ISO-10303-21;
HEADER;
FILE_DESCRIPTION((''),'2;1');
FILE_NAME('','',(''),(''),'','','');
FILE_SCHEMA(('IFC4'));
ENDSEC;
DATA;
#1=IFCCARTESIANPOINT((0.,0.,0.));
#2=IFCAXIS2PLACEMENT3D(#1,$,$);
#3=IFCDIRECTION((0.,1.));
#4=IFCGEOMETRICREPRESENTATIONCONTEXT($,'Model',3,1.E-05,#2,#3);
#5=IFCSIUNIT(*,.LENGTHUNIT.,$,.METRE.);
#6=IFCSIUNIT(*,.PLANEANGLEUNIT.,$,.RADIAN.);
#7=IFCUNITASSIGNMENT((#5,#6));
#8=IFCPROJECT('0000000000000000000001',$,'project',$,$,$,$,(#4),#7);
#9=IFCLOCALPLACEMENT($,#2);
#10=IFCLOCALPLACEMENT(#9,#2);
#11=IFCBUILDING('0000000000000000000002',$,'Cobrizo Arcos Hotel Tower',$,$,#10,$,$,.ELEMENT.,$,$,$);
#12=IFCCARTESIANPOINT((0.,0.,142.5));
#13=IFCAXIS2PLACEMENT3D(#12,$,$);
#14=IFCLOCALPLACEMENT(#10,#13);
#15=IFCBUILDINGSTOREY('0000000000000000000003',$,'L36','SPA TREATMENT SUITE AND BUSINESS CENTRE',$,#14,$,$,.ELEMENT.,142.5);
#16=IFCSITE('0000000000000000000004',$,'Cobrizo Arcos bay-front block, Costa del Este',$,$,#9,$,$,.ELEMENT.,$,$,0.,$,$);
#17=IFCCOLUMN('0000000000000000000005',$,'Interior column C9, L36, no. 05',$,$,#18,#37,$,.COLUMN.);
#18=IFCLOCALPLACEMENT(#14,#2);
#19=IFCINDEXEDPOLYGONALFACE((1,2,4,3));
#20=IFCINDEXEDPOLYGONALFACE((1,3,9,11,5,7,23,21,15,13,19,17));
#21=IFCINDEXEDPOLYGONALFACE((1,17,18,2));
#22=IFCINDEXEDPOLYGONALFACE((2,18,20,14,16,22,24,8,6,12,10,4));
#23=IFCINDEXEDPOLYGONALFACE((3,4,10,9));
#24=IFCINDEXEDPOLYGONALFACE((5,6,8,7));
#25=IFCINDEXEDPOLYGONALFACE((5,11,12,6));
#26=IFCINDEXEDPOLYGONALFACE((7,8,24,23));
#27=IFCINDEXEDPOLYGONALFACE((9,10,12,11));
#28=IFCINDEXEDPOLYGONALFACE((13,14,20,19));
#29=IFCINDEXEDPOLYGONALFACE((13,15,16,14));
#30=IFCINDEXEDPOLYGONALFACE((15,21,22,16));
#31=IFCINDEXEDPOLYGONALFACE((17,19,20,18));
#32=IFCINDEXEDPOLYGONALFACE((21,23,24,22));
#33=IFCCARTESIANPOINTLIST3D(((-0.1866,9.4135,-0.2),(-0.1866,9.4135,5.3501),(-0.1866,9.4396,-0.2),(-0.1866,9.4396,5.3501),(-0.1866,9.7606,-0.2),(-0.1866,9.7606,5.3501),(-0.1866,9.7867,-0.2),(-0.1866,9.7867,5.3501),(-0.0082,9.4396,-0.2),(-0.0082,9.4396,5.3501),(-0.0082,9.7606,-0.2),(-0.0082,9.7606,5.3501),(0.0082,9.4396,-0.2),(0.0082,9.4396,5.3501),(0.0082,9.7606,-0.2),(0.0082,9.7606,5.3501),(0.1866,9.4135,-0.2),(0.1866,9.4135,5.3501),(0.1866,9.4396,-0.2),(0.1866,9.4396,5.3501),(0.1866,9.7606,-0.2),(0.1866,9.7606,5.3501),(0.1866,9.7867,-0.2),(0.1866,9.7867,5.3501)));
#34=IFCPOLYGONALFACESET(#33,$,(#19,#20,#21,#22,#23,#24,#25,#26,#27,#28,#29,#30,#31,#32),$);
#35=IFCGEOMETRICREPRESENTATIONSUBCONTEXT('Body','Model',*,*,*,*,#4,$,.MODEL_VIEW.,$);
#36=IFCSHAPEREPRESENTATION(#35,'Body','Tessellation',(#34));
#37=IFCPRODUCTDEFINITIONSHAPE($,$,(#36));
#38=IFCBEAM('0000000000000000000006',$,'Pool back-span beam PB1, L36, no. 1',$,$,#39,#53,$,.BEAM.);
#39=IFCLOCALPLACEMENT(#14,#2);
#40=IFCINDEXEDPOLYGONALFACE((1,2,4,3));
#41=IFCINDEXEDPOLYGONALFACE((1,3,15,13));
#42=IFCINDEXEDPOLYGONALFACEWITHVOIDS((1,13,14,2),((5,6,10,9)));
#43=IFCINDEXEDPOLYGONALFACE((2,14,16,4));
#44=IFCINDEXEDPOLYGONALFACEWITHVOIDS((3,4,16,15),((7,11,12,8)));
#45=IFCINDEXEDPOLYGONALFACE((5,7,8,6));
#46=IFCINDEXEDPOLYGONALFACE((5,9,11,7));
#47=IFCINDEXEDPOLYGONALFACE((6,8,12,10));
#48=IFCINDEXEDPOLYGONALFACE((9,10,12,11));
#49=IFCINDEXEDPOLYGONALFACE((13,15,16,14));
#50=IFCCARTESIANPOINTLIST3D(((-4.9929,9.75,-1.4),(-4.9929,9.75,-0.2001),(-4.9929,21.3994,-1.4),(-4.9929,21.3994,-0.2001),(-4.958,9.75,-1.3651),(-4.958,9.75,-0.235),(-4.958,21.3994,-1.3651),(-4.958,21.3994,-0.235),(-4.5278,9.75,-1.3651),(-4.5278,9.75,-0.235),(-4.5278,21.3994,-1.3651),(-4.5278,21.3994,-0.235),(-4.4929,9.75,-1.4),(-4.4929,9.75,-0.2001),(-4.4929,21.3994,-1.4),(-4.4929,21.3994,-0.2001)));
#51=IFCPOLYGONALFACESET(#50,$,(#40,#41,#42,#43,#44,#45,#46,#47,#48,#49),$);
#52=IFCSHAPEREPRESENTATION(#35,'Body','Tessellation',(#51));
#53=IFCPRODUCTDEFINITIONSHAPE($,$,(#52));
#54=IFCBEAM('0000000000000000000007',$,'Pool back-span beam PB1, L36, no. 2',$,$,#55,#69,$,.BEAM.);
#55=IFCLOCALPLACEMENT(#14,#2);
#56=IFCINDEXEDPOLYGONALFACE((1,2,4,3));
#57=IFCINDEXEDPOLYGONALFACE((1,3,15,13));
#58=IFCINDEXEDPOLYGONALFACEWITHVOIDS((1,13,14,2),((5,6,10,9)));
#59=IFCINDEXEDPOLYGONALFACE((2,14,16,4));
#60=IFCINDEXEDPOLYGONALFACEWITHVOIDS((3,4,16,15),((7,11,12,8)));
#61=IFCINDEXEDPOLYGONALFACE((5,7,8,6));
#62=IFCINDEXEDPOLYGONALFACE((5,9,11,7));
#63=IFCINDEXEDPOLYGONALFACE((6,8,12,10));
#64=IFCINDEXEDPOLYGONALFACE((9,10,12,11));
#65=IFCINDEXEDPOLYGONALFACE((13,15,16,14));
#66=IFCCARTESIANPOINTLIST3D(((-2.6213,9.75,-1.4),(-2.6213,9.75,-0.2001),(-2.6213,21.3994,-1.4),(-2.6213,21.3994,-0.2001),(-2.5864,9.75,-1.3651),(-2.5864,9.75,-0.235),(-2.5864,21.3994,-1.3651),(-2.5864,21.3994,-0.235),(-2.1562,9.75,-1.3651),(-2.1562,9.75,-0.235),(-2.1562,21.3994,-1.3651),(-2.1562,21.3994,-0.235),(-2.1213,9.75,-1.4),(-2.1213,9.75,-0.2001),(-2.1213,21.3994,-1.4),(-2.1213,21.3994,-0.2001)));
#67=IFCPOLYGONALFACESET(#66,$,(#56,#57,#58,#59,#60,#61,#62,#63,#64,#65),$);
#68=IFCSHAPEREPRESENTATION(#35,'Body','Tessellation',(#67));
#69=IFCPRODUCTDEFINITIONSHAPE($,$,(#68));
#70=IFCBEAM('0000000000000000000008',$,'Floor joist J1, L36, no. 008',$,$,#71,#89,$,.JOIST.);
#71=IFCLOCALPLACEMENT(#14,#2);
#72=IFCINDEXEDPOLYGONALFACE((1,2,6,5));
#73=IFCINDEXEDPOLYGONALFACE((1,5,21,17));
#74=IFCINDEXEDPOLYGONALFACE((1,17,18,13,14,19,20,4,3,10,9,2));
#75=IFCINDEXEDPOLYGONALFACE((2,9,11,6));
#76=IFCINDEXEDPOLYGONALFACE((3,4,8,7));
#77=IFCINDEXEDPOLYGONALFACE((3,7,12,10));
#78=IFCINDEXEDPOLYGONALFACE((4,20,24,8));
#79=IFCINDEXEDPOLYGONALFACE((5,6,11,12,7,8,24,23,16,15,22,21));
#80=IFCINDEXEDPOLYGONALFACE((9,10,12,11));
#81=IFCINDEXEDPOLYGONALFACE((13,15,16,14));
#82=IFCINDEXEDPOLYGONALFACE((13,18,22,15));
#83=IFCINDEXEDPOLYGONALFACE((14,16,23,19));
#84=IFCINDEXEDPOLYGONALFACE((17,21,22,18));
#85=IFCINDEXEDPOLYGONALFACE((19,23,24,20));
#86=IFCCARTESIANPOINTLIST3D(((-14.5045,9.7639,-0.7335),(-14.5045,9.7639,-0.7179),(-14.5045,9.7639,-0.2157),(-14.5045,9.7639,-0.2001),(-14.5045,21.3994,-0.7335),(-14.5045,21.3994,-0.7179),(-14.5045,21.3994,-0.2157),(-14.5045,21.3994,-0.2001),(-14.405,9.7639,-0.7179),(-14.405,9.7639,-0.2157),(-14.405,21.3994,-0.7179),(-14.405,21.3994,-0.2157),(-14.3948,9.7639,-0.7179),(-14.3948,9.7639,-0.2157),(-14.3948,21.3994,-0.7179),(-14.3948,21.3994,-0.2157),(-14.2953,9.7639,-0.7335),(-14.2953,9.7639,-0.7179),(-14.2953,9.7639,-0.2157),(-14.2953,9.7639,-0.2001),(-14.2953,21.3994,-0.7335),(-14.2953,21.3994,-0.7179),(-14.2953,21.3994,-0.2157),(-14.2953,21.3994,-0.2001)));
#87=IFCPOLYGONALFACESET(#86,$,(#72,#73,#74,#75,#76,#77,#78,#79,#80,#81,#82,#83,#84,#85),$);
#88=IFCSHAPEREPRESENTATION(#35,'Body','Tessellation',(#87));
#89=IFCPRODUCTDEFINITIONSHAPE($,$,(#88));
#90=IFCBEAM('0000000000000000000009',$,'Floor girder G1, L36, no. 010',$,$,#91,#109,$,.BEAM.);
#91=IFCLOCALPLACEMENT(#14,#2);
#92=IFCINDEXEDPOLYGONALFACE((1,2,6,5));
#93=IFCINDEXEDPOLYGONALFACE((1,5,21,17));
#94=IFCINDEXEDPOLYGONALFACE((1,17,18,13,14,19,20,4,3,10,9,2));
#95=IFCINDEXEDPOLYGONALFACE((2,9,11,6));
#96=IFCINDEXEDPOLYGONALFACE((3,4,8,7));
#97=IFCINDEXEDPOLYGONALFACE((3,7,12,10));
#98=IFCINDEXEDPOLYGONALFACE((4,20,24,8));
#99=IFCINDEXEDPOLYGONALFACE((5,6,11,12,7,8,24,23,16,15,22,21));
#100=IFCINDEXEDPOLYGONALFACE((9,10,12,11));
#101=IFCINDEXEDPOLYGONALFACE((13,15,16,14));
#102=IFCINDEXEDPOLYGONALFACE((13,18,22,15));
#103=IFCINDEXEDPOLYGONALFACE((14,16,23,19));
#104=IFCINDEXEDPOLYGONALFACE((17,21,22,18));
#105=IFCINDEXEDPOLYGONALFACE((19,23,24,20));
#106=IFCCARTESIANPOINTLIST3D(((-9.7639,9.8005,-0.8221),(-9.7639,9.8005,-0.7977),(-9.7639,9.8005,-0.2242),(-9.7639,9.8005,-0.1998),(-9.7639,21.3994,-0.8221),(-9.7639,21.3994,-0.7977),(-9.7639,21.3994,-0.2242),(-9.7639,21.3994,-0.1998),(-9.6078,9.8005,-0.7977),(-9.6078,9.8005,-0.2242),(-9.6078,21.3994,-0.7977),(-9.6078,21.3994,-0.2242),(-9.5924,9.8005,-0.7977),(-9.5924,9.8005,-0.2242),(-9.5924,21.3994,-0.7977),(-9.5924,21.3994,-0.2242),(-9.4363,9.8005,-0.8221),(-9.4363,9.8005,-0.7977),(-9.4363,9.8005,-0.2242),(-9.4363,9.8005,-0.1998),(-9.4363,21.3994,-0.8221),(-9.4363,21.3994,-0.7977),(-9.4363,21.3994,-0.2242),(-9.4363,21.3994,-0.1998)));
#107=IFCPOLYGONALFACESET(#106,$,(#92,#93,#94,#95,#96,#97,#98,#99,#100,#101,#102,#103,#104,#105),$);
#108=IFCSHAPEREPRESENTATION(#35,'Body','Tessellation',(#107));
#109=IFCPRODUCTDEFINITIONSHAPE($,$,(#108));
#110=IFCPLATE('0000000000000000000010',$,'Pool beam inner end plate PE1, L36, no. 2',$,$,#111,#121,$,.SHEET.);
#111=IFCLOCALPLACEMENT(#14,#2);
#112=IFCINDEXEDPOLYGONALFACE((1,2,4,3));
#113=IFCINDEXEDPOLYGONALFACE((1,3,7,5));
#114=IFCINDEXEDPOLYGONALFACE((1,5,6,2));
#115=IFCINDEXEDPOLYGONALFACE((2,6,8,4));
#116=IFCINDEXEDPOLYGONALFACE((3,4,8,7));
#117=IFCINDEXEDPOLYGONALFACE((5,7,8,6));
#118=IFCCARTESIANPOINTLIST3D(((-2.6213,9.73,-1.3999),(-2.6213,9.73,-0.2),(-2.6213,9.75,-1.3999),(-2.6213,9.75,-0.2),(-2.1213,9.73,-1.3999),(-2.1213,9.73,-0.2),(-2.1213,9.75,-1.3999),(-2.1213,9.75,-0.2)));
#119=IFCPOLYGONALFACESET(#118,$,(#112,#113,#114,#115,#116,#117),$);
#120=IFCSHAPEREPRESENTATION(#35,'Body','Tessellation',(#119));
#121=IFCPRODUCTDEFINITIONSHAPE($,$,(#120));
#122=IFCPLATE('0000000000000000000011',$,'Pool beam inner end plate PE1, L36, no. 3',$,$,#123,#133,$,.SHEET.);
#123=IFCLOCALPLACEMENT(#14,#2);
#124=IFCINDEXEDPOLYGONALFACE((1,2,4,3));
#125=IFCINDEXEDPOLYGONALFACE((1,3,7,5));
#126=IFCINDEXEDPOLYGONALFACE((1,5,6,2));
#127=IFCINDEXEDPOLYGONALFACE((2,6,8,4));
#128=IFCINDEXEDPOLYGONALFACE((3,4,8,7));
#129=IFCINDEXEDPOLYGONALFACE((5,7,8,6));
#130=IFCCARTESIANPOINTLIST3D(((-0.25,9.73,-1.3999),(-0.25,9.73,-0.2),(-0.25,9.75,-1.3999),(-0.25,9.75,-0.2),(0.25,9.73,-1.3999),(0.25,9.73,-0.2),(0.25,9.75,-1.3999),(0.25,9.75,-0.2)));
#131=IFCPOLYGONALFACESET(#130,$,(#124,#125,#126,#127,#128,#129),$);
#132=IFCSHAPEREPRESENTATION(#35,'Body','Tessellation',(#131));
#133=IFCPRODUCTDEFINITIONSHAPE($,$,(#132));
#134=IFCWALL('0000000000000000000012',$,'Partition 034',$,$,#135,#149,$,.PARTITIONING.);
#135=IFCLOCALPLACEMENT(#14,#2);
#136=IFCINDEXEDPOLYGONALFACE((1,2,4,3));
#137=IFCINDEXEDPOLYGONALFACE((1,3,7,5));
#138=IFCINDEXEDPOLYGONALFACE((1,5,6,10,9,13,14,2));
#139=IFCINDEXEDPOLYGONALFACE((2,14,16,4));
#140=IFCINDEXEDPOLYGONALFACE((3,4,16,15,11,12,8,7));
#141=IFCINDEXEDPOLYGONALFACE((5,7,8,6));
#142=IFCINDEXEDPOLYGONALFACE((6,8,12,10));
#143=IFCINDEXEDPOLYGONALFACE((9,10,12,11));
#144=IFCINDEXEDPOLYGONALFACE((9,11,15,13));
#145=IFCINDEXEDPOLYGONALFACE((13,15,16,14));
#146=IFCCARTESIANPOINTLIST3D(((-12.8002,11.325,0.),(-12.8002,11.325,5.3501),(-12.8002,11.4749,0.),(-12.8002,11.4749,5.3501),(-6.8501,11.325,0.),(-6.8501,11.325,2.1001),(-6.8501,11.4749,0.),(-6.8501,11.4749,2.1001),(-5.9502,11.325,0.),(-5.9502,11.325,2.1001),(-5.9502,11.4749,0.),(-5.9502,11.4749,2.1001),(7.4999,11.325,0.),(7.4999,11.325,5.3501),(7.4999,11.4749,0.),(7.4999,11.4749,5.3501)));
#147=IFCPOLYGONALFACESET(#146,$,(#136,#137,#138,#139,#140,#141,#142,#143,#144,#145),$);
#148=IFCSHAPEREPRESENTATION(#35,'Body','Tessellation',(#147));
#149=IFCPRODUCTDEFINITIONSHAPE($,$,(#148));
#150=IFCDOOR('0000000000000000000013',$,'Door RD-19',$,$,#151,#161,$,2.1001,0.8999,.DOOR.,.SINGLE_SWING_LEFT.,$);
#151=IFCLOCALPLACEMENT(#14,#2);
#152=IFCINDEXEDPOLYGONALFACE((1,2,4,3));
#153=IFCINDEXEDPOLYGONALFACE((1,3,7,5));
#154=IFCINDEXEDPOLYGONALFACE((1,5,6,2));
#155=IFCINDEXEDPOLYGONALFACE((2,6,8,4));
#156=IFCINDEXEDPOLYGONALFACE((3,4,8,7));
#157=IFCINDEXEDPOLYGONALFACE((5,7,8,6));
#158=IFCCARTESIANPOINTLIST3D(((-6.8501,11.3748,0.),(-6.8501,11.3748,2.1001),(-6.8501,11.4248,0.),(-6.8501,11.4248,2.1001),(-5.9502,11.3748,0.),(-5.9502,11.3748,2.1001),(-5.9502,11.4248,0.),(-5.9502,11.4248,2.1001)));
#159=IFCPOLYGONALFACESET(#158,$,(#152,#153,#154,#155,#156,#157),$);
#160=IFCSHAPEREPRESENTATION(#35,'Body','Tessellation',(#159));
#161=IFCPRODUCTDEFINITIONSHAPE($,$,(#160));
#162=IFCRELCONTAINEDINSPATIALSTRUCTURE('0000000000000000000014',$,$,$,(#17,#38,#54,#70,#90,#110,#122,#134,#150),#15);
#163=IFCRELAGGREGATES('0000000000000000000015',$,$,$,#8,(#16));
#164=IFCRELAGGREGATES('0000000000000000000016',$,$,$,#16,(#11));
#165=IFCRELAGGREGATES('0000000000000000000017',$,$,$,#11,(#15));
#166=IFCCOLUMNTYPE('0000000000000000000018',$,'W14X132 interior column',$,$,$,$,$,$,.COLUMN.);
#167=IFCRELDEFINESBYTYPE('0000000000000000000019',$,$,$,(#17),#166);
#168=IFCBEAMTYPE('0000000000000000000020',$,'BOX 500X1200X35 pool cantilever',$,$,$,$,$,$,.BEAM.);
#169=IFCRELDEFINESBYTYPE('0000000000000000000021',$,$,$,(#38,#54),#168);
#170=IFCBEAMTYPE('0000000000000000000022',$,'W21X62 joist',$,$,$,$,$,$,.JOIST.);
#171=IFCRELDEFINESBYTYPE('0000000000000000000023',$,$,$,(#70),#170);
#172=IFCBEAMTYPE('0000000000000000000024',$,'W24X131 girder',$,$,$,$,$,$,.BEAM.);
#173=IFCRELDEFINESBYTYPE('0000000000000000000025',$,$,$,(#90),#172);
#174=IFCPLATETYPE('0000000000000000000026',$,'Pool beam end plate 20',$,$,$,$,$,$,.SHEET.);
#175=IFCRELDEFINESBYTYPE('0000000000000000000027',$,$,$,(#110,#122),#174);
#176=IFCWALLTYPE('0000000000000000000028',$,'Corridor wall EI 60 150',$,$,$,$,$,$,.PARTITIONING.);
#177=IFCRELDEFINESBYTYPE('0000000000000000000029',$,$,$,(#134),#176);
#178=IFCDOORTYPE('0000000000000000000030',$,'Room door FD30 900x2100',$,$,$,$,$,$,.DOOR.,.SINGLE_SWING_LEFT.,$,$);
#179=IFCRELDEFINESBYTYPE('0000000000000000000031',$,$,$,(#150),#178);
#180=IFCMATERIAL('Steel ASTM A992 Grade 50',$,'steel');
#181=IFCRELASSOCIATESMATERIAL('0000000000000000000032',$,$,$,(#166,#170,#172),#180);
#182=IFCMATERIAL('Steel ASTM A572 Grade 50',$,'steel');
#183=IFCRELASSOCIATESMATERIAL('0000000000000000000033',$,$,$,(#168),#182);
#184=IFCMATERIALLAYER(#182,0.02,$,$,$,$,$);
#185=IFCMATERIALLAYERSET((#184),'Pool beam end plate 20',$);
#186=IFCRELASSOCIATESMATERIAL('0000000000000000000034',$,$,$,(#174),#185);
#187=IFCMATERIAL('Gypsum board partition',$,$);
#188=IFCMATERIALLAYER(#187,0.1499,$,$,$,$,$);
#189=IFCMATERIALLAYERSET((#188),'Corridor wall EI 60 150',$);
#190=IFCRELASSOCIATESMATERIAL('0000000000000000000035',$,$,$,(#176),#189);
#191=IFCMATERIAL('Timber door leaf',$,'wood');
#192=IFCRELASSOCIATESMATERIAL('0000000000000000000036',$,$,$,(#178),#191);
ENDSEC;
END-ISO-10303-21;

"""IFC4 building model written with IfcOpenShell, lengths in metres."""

from ifc_helpers import new_model, si_unit, direction, frame, frame_2d, origin, origin_2d, place, context, subcontext, project, spatial, rectangle, hollow_rectangle, i_section, extrude, material, layer, layer_set, material_profile, profile_set, type_object, element, fill, save


model = new_model("IFC4")

# Units and contexts
model_context = context("Model", 3, precision=1e-05, world=origin(), true_north=direction((0.0, 1.0)))
body_context = subcontext(model_context, "Body", "Model", "MODEL_VIEW")
ifc_project = project(units=[si_unit("LENGTHUNIT", "METRE"), si_unit("PLANEANGLEUNIT", "RADIAN")], contexts=[model_context])

# Site, building, storey
site_placement = place(None, origin())
site = spatial("IfcSite", under=ifc_project, at=site_placement, Name="Cobrizo Arcos bay-front block, Costa del Este", CompositionType="ELEMENT", RefElevation=0.0)
building_placement = place(site_placement, origin())
building = spatial("IfcBuilding", under=site, at=building_placement, Name="Cobrizo Arcos Hotel Tower", CompositionType="ELEMENT")
storey_placement = place(building_placement, frame((0.0, 0.0, 142.5)))
storey = spatial("IfcBuildingStorey", under=building, at=storey_placement, Name="L36", Description="SPA TREATMENT SUITE AND BUSINESS CENTRE", CompositionType="ELEMENT", Elevation=142.5)

# Column
ifc_material_1 = material(Name="Steel ASTM A992 Grade 50", Category="steel")
ifc_material_profile_1 = material_profile(ifc_material_1, i_section(OverallWidth=0.3733, OverallDepth=0.3733, WebThickness=0.0164, FlangeThickness=0.0261, at=origin_2d()), Name="W14X132")
ifc_profile_set_1 = profile_set([ifc_material_profile_1], Name="Steel ASTM A992 Grade 50")
column_type = type_object("IfcColumnType", Name="W14X132 interior column", PredefinedType="COLUMN", material=ifc_profile_set_1)
column_placement = place(storey_placement, frame((0.0, 9.6001, -0.2), z_axis=(0.0, 0.0, 1.0), x_axis=(1.0, 0.0, 0.0)))
element("IfcColumn", 1, at=column_placement, inside=storey, type_object=column_type, Name="Interior column C9, L36, no. 05", PredefinedType="COLUMN", context=body_context, shape_type="SweptSolid", body=[
    extrude(i_section(OverallWidth=0.3733, OverallDepth=0.3733, WebThickness=0.0164, FlangeThickness=0.0261, at=origin_2d()), origin(), (0.0, 0.0, 1.0), 5.55),
])

# Beams
ifc_material_2 = material(Name="Steel ASTM A572 Grade 50", Category="steel")
ifc_material_profile_2 = material_profile(ifc_material_2, hollow_rectangle(XDim=0.5, YDim=1.2, WallThickness=0.0349, at=origin_2d()), Name="BOX 500X1200X35")
ifc_profile_set_2 = profile_set([ifc_material_profile_2], Name="Steel ASTM A572 Grade 50")
beam_type_1 = type_object("IfcBeamType", Name="BOX 500X1200X35 pool cantilever", PredefinedType="BEAM", material=ifc_profile_set_2)
for number, where, z_axis, x_axis, name in (
    (2, (-4.7429, 9.75, -0.8), (0.0, 1.0, 0.0), (-1.0, 0.0, 0.0), "Pool back-span beam PB1, L36, no. 1"),
    (3, (-2.3713, 9.75, -0.8), (0.0, 1.0, 0.0), (-1.0, 0.0, 0.0), "Pool back-span beam PB1, L36, no. 2"),
):
    element("IfcBeam", number, at=place(storey_placement, frame(where, z_axis=z_axis, x_axis=x_axis)), inside=storey, type_object=beam_type_1, Name=name, PredefinedType="BEAM", context=body_context, shape_type="SweptSolid", body=[
        extrude(hollow_rectangle(XDim=0.5, YDim=1.2, WallThickness=0.0349, at=origin_2d()), origin(), (0.0, 0.0, 1.0), 11.6494),
    ])
ifc_material_profile_3 = material_profile(ifc_material_1, i_section(OverallWidth=0.2092, OverallDepth=0.5334, WebThickness=0.0103, FlangeThickness=0.0156, at=origin_2d()), Name="W21X62")
ifc_profile_set_3 = profile_set([ifc_material_profile_3], Name="Steel ASTM A992 Grade 50")
beam_type_2 = type_object("IfcBeamType", Name="W21X62 joist", PredefinedType="JOIST", material=ifc_profile_set_3)
beam_1_placement = place(storey_placement, frame((-14.3999, 9.7639, -0.4668), z_axis=(0.0, 1.0, 0.0), x_axis=(-1.0, 0.0, 0.0)))
element("IfcBeam", 4, at=beam_1_placement, inside=storey, type_object=beam_type_2, Name="Floor joist J1, L36, no. 008", PredefinedType="JOIST", context=body_context, shape_type="SweptSolid", body=[
    extrude(i_section(OverallWidth=0.2092, OverallDepth=0.5334, WebThickness=0.0103, FlangeThickness=0.0156, at=origin_2d()), origin(), (0.0, 0.0, 1.0), 11.6355),
])
ifc_material_profile_4 = material_profile(ifc_material_1, i_section(OverallWidth=0.3276, OverallDepth=0.6223, WebThickness=0.0154, FlangeThickness=0.0244, at=origin_2d()), Name="W24X131")
ifc_profile_set_4 = profile_set([ifc_material_profile_4], Name="Steel ASTM A992 Grade 50")
beam_type_3 = type_object("IfcBeamType", Name="W24X131 girder", PredefinedType="BEAM", material=ifc_profile_set_4)
beam_2_placement = place(storey_placement, frame((-9.6001, 9.8005, -0.511), z_axis=(0.0, 1.0, 0.0), x_axis=(-1.0, 0.0, 0.0)))
element("IfcBeam", 5, at=beam_2_placement, inside=storey, type_object=beam_type_3, Name="Floor girder G1, L36, no. 010", PredefinedType="BEAM", context=body_context, shape_type="SweptSolid", body=[
    extrude(i_section(OverallWidth=0.3276, OverallDepth=0.6223, WebThickness=0.0154, FlangeThickness=0.0244, at=origin_2d()), origin(), (0.0, 0.0, 1.0), 11.5989),
])

# Plates
ifc_layer_1 = layer(ifc_material_2, 0.02)
ifc_layer_set_1 = layer_set([ifc_layer_1], Name="Pool beam end plate 20")
plate_type = type_object("IfcPlateType", Name="Pool beam end plate 20", PredefinedType="SHEET", material=ifc_layer_set_1)
for number, where, z_axis, x_axis, name in (
    (6, (-2.3713, 9.74, -1.3999), (0.0, 0.0, 1.0), (1.0, 0.0, 0.0), "Pool beam inner end plate PE1, L36, no. 2"),
    (7, (0.0, 9.74, -1.3999), (0.0, 0.0, 1.0), (1.0, 0.0, 0.0), "Pool beam inner end plate PE1, L36, no. 3"),
):
    element("IfcPlate", number, at=place(storey_placement, frame(where, z_axis=z_axis, x_axis=x_axis)), inside=storey, type_object=plate_type, Name=name, PredefinedType="SHEET", context=body_context, shape_type="SweptSolid", body=[
        extrude(rectangle(XDim=0.5, YDim=0.02, at=origin_2d()), origin(), (0.0, 0.0, 1.0), 1.2),
    ])

# Wall, opening, door
ifc_material_3 = material(Name="Gypsum board partition")
ifc_layer_2 = layer(ifc_material_3, 0.1499)
ifc_layer_set_2 = layer_set([ifc_layer_2], Name="Corridor wall EI 60 150")
wall_type_1 = type_object("IfcWallType", Name="Corridor wall EI 60 150", PredefinedType="PARTITIONING", material=ifc_layer_set_2)
wall_1_placement = place(storey_placement, frame((-12.8, 11.3999, 0.0), z_axis=(0.0, 0.0, 1.0), x_axis=(1.0, 0.0, 0.0)))
wall_1 = element("IfcWall", 8, at=wall_1_placement, inside=storey, type_object=wall_type_1, Name="Partition 034", PredefinedType="PARTITIONING", context=body_context, shape_type="SweptSolid", body=[
    extrude(rectangle(XDim=20.3, YDim=0.1499, at=frame_2d((10.1499, 0.0))), origin(), (0.0, 0.0, 1.0), 5.3501),
])
opening_1_placement = place(wall_1_placement, frame((5.95, 0.0, 0.0)))
opening_1 = element("IfcOpeningElement", 9, at=opening_1_placement, cuts=wall_1, PredefinedType="OPENING", context=body_context, shape_type="SweptSolid", body=[
    extrude(rectangle(XDim=0.8999, YDim=2.1001, at=frame_2d((0.45, 1.05))), frame((0.0, 0.0869, 0.0), z_axis=(0.0, -1.0, 0.0), x_axis=(1.0, 0.0, 0.0)), (0.0, 0.0, 1.0), 0.1738),
])
ifc_material_4 = material(Name="Timber door leaf", Category="wood")
door_type_1 = type_object("IfcDoorType", Name="Room door FD30 900x2100", OperationType="SINGLE_SWING_LEFT", PredefinedType="DOOR", material=ifc_material_4)
door_1_placement = place(opening_1_placement, origin())
door_1 = element("IfcDoor", 10, at=door_1_placement, inside=storey, type_object=door_type_1, Name="Door RD-19", OperationType="SINGLE_SWING_LEFT", OverallHeight=2.1001, OverallWidth=0.8999, PredefinedType="DOOR", context=body_context, shape_type="SweptSolid", body=[
    extrude(rectangle(XDim=0.8999, YDim=2.1001, at=frame_2d((0.45, 1.05))), frame((0.0, 0.0249, 0.0), z_axis=(0.0, -1.0, 0.0), x_axis=(1.0, 0.0, 0.0)), (0.0, 0.0, 1.0), 0.05),
])
fill(opening_1, door_1)

save(model, "model.ifc")
